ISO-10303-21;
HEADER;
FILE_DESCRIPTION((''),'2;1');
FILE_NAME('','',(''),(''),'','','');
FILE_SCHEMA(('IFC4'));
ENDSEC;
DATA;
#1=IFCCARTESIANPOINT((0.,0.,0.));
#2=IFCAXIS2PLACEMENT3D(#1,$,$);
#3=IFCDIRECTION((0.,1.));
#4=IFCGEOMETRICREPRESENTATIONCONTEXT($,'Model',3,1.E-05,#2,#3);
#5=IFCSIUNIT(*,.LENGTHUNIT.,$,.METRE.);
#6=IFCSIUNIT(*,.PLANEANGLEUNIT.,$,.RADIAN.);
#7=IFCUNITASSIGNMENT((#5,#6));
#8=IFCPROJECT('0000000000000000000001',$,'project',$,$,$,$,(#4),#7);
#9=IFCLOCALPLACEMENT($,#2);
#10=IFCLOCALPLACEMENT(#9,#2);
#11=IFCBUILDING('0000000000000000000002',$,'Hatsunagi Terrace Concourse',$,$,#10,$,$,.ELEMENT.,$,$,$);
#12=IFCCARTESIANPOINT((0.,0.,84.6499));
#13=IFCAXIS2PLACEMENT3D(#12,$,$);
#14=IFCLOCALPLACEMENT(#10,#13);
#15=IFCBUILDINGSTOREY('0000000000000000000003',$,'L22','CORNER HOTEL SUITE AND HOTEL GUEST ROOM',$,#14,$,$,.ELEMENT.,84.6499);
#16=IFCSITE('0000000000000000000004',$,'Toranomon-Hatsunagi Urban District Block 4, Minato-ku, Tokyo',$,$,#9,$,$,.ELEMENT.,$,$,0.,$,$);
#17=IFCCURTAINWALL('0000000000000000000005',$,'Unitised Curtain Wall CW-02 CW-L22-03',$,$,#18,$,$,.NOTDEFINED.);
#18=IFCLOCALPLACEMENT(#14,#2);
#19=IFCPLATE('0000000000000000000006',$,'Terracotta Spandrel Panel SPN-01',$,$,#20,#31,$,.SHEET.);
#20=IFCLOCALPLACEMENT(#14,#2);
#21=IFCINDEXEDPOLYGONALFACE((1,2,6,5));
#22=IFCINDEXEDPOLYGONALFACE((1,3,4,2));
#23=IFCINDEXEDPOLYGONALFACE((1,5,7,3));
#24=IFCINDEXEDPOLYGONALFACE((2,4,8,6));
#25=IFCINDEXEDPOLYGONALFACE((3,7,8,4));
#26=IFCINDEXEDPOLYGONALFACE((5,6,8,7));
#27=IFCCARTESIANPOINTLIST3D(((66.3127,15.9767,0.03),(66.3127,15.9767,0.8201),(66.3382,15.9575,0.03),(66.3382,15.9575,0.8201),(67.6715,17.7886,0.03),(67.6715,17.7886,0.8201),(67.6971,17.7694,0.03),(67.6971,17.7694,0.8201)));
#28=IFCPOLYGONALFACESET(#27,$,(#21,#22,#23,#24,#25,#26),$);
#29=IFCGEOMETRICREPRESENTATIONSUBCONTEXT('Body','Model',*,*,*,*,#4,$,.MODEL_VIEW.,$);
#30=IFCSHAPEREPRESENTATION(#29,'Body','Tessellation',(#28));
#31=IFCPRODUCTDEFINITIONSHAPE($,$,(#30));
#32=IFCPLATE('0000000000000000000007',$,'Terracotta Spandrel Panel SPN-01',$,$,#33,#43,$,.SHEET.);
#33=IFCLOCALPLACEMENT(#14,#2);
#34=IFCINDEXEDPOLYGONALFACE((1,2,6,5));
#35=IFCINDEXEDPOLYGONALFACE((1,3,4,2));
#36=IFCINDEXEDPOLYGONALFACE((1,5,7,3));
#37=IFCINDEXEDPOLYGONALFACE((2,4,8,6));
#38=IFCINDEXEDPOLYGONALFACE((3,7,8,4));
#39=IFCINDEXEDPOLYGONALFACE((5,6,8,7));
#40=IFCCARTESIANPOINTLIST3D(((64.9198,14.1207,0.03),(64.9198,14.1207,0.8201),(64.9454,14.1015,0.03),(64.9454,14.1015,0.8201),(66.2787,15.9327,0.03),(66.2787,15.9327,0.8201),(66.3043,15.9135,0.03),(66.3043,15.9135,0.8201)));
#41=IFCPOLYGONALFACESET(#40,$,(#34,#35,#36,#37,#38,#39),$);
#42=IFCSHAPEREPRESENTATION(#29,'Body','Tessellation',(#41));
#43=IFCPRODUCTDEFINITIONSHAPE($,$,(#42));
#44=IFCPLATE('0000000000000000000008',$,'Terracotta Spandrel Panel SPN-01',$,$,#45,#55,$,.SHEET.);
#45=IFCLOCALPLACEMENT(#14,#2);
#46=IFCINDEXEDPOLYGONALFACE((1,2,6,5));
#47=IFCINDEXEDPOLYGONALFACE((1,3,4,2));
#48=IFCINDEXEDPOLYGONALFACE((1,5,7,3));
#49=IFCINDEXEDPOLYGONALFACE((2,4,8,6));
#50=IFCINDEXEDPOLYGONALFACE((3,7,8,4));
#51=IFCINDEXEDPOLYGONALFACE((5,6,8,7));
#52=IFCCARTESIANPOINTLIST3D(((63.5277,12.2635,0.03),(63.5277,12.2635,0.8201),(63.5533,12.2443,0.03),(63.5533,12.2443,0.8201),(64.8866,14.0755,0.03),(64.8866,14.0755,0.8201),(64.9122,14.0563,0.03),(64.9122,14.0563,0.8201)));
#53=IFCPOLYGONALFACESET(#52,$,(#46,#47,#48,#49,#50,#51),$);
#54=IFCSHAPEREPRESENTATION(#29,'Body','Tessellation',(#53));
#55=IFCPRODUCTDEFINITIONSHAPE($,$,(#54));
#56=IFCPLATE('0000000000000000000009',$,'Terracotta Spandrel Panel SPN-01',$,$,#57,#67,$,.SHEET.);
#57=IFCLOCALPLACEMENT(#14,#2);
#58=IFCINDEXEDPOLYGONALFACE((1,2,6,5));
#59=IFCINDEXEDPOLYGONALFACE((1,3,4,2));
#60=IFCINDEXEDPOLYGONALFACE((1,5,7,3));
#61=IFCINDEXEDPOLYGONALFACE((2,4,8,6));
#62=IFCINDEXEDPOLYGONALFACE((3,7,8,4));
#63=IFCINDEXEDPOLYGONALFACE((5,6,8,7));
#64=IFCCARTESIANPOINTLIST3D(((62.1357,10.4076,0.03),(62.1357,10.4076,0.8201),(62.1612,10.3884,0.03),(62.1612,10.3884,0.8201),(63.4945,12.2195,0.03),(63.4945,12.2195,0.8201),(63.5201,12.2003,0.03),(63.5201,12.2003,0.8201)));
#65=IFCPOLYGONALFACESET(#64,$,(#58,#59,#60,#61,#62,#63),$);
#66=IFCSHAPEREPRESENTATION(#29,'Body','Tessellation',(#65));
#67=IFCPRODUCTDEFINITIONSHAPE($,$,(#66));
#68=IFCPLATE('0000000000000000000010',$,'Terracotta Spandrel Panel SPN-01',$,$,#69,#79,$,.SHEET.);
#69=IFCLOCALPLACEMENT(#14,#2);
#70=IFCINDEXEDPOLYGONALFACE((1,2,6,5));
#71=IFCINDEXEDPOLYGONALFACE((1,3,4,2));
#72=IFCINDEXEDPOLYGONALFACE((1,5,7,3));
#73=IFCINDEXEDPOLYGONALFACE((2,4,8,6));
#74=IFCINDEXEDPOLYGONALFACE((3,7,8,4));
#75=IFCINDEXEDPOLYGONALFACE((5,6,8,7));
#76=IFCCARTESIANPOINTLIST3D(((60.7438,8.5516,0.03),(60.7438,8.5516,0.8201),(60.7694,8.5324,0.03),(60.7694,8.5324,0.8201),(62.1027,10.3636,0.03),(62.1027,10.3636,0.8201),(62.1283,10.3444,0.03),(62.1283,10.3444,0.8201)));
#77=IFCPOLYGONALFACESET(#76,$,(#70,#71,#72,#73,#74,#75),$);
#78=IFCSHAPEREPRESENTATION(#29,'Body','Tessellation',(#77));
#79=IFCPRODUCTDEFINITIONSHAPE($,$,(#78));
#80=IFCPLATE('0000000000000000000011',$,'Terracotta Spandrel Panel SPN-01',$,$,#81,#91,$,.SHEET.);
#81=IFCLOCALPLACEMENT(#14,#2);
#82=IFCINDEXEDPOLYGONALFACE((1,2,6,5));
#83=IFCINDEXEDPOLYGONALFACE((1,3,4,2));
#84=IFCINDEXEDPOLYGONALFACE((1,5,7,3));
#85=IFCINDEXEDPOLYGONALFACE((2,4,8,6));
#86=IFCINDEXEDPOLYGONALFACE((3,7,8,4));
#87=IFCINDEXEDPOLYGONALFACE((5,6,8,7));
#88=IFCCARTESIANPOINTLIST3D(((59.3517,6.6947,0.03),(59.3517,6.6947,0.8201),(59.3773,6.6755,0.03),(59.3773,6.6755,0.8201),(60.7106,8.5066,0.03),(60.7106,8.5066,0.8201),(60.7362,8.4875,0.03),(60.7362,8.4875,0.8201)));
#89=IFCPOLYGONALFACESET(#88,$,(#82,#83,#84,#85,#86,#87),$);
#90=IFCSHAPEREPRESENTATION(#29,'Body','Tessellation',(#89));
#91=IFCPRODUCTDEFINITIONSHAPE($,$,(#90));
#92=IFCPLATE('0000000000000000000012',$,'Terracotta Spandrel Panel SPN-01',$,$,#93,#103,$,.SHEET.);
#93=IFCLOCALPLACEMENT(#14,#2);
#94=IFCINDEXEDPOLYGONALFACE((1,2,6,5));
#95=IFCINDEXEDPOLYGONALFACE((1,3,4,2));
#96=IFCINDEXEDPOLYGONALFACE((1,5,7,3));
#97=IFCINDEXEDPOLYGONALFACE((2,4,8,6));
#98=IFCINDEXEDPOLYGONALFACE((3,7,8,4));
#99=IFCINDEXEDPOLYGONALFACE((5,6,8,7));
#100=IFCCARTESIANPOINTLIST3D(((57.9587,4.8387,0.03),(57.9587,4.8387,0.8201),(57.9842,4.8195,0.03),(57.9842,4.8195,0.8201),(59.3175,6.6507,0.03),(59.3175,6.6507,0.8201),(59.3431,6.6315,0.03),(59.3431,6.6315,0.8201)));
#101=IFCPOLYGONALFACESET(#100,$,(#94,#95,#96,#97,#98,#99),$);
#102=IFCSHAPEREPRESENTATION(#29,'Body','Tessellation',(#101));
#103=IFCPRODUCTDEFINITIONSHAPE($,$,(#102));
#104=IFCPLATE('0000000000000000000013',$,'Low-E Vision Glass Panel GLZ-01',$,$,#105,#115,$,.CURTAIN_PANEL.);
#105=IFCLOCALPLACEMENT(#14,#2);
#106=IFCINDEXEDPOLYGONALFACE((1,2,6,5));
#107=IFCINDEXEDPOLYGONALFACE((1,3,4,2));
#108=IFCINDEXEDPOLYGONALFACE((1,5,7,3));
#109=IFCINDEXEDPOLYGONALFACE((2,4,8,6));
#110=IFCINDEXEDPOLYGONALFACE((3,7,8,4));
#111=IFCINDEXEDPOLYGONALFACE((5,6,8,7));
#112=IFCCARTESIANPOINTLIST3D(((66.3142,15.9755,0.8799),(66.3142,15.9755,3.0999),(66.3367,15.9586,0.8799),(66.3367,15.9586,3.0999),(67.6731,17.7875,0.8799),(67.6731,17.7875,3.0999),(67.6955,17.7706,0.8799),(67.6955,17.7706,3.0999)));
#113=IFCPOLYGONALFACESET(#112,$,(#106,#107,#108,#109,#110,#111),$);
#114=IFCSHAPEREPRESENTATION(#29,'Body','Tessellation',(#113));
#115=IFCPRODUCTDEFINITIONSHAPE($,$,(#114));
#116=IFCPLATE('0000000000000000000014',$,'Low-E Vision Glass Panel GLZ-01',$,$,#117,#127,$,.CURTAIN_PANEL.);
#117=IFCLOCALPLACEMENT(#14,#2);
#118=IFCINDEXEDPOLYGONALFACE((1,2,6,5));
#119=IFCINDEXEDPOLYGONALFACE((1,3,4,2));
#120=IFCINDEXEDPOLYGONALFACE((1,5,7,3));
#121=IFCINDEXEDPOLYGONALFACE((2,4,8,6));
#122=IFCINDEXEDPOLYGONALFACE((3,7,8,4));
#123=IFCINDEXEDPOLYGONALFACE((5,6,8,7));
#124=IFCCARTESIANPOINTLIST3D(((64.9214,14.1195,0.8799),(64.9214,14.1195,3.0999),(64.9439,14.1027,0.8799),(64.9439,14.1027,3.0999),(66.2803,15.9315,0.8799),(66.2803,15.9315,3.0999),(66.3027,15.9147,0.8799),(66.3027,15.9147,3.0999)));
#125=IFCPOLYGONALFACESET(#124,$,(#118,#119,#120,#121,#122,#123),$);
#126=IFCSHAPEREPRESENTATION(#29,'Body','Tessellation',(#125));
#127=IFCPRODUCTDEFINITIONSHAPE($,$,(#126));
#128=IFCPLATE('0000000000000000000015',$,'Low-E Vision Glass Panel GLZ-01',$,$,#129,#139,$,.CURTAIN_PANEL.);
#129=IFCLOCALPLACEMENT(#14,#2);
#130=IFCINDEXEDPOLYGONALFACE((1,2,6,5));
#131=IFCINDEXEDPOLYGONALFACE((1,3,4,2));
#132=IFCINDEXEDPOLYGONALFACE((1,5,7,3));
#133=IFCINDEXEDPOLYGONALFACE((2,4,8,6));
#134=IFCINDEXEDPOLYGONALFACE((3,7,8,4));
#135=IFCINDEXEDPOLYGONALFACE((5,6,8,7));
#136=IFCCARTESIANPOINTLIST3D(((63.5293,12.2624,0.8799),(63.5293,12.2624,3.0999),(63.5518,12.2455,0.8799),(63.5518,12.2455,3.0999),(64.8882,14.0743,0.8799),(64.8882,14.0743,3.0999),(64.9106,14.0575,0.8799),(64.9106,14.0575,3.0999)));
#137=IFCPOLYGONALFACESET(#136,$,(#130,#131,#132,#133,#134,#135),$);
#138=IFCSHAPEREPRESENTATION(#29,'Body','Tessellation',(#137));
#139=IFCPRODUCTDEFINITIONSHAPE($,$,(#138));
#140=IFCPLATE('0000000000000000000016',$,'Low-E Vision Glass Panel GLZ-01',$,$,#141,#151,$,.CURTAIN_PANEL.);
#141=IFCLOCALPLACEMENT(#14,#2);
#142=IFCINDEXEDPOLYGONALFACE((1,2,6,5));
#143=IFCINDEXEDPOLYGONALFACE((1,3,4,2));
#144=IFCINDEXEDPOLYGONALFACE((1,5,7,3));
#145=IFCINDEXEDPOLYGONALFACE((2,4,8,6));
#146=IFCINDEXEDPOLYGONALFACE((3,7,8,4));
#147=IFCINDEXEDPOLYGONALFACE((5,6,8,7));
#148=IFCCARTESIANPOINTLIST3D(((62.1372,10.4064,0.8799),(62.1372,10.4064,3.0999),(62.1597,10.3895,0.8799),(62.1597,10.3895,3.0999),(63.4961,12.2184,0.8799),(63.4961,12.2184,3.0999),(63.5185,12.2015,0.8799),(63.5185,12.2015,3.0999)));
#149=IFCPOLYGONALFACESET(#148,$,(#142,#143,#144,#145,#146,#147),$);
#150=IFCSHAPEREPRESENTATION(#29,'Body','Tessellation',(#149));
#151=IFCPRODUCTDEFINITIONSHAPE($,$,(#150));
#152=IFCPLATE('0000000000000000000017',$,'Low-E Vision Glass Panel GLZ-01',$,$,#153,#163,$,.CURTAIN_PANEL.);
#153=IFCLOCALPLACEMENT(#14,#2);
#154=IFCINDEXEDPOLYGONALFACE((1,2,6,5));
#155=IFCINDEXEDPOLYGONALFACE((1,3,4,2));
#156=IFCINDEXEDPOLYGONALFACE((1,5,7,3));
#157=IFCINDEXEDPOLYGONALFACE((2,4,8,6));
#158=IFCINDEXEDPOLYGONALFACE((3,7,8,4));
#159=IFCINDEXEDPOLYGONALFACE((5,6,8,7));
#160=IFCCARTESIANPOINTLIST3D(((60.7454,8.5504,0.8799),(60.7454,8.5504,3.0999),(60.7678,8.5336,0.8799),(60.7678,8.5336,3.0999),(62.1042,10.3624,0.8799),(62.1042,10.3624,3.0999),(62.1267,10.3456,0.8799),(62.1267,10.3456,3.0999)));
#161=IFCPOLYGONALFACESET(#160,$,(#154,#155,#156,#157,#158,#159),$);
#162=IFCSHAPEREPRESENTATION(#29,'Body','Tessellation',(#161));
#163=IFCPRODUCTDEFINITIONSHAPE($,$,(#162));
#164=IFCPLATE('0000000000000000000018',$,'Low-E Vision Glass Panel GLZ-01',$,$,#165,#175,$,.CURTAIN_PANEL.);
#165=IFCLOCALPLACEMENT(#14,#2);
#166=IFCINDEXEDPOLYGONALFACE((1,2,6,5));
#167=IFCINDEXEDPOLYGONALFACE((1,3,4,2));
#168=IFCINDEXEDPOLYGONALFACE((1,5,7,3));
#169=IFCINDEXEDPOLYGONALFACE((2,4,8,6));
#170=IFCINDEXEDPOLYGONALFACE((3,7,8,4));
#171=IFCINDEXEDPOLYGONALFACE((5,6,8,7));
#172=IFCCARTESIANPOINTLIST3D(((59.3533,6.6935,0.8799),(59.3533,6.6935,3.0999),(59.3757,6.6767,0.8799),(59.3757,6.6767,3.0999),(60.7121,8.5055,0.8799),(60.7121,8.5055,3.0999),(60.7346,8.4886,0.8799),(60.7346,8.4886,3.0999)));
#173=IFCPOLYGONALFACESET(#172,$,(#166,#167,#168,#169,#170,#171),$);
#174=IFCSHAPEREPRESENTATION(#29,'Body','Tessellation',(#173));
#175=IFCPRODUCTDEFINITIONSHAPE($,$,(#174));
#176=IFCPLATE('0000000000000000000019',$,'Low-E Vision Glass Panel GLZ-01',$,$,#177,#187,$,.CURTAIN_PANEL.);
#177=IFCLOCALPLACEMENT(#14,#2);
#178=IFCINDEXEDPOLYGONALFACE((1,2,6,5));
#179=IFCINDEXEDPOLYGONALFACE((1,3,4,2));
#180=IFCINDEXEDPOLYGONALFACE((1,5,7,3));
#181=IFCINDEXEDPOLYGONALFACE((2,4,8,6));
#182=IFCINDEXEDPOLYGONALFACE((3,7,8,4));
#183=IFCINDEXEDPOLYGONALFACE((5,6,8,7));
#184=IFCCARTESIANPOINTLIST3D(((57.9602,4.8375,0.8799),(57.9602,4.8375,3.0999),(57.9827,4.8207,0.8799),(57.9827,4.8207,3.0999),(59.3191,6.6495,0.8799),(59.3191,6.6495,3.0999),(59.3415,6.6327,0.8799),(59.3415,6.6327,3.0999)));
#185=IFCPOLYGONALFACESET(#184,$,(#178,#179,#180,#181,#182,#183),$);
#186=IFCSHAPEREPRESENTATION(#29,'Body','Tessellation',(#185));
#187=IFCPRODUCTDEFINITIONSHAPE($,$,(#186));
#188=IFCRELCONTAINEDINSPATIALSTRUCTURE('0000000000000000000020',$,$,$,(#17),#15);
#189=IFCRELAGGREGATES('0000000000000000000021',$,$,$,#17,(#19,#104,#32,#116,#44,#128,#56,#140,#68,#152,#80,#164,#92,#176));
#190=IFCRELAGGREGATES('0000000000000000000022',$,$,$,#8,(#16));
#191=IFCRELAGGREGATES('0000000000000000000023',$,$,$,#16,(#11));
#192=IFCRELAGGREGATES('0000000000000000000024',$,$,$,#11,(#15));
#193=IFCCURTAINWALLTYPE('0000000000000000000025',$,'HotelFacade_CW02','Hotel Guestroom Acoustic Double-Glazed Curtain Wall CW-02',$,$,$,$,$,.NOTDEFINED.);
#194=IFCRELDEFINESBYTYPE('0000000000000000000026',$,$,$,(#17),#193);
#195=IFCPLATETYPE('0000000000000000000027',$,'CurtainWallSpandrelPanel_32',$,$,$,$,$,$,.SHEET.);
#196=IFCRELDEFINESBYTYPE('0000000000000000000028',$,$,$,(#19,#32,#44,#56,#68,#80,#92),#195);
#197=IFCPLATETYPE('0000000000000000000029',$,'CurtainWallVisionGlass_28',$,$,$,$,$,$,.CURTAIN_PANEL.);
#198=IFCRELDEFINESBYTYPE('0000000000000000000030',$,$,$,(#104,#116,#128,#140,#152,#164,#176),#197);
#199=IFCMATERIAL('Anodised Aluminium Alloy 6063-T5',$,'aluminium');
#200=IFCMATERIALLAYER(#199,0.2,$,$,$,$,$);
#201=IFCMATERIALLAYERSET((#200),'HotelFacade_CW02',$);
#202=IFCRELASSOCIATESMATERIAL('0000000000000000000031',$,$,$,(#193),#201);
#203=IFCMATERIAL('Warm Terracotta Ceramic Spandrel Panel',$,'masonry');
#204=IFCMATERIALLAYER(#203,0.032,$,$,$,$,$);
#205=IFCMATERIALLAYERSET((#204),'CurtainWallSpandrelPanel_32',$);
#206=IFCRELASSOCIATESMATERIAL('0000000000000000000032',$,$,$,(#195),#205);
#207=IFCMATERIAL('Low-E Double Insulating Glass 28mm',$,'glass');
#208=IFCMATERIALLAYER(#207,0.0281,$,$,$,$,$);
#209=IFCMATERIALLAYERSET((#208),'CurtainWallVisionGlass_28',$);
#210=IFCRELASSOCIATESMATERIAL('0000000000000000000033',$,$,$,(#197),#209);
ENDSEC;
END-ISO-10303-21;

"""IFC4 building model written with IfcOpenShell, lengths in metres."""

from ifc_helpers import new_model, si_unit, direction, frame, origin, origin_2d, place, context, subcontext, project, spatial, rectangle, extrude, material, layer, layer_set, type_object, element, aggregate, save


model = new_model("IFC4")

# Units and contexts
model_context = context("Model", 3, precision=1e-05, world=origin(), true_north=direction((0.0, 1.0)))
body_context = subcontext(model_context, "Body", "Model", "MODEL_VIEW")
ifc_project = project(units=[si_unit("LENGTHUNIT", "METRE"), si_unit("PLANEANGLEUNIT", "RADIAN")], contexts=[model_context])

# Site, building, storey
site_placement = place(None, origin())
site = spatial("IfcSite", under=ifc_project, at=site_placement, Name="Toranomon-Hatsunagi Urban District Block 4, Minato-ku, Tokyo", CompositionType="ELEMENT", RefElevation=0.0)
building_placement = place(site_placement, origin())
building = spatial("IfcBuilding", under=site, at=building_placement, Name="Hatsunagi Terrace Concourse", CompositionType="ELEMENT")
storey_placement = place(building_placement, frame((0.0, 0.0, 84.6499)))
storey = spatial("IfcBuildingStorey", under=building, at=storey_placement, Name="L22", Description="CORNER HOTEL SUITE AND HOTEL GUEST ROOM", CompositionType="ELEMENT", Elevation=84.6499)

# Curtain wall
ifc_material_1 = material(Name="Anodised Aluminium Alloy 6063-T5", Category="aluminium")
ifc_layer_1 = layer(ifc_material_1, 0.2)
ifc_layer_set_1 = layer_set([ifc_layer_1], Name="HotelFacade_CW02")
curtain_wall_type = type_object("IfcCurtainWallType", Name="HotelFacade_CW02", Description="Hotel Guestroom Acoustic Double-Glazed Curtain Wall CW-02", PredefinedType="NOTDEFINED", material=ifc_layer_set_1)
curtain_wall_placement = place(storey_placement, origin())
curtain_wall = element("IfcCurtainWall", 1, at=curtain_wall_placement, inside=storey, type_object=curtain_wall_type, Name="Unitised Curtain Wall CW-02 CW-L22-03", PredefinedType="NOTDEFINED")

# Plates
ifc_material_2 = material(Name="Warm Terracotta Ceramic Spandrel Panel", Category="masonry")
ifc_layer_2 = layer(ifc_material_2, 0.032)
ifc_layer_set_2 = layer_set([ifc_layer_2], Name="CurtainWallSpandrelPanel_32")
plate_type_1 = type_object("IfcPlateType", Name="CurtainWallSpandrelPanel_32", PredefinedType="SHEET", material=ifc_layer_set_2)
plate_1_placement = place(storey_placement, frame((67.0049, 16.873, 0.03), z_axis=(0.0, 0.0, 1.0), x_axis=(-0.599969, -0.800023, 0.0)))
plate_1 = element("IfcPlate", 2, at=plate_1_placement, type_object=plate_type_1, Name="Terracotta Spandrel Panel SPN-01", PredefinedType="SHEET", context=body_context, shape_type="SweptSolid", body=[
    extrude(rectangle(XDim=2.2649, YDim=0.032, at=origin_2d()), origin(), (0.0, 0.0, 1.0), 0.79),
])
plate_2_placement = place(storey_placement, frame((65.6121, 15.0171, 0.03), z_axis=(0.0, 0.0, 1.0), x_axis=(-0.599969, -0.800023, 0.0)))
plate_2 = element("IfcPlate", 3, at=plate_2_placement, type_object=plate_type_1, Name="Terracotta Spandrel Panel SPN-01", PredefinedType="SHEET", context=body_context, shape_type="SweptSolid", body=[
    extrude(rectangle(XDim=2.2649, YDim=0.032, at=origin_2d()), origin(), (0.0, 0.0, 1.0), 0.79),
])
plate_3_placement = place(storey_placement, frame((64.22, 13.1599, 0.03), z_axis=(0.0, 0.0, 1.0), x_axis=(-0.599969, -0.800023, 0.0)))
plate_3 = element("IfcPlate", 4, at=plate_3_placement, type_object=plate_type_1, Name="Terracotta Spandrel Panel SPN-01", PredefinedType="SHEET", context=body_context, shape_type="SweptSolid", body=[
    extrude(rectangle(XDim=2.2649, YDim=0.032, at=origin_2d()), origin(), (0.0, 0.0, 1.0), 0.79),
])
plate_4_placement = place(storey_placement, frame((62.8279, 11.304, 0.03), z_axis=(0.0, 0.0, 1.0), x_axis=(-0.599969, -0.800023, 0.0)))
plate_4 = element("IfcPlate", 5, at=plate_4_placement, type_object=plate_type_1, Name="Terracotta Spandrel Panel SPN-01", PredefinedType="SHEET", context=body_context, shape_type="SweptSolid", body=[
    extrude(rectangle(XDim=2.2649, YDim=0.032, at=origin_2d()), origin(), (0.0, 0.0, 1.0), 0.79),
])
plate_5_placement = place(storey_placement, frame((61.436, 9.448, 0.03), z_axis=(0.0, 0.0, 1.0), x_axis=(-0.599969, -0.800023, 0.0)))
plate_5 = element("IfcPlate", 6, at=plate_5_placement, type_object=plate_type_1, Name="Terracotta Spandrel Panel SPN-01", PredefinedType="SHEET", context=body_context, shape_type="SweptSolid", body=[
    extrude(rectangle(XDim=2.2649, YDim=0.032, at=origin_2d()), origin(), (0.0, 0.0, 1.0), 0.79),
])
plate_6_placement = place(storey_placement, frame((60.0439, 7.5911, 0.03), z_axis=(0.0, 0.0, 1.0), x_axis=(-0.599969, -0.800023, 0.0)))
plate_6 = element("IfcPlate", 7, at=plate_6_placement, type_object=plate_type_1, Name="Terracotta Spandrel Panel SPN-01", PredefinedType="SHEET", context=body_context, shape_type="SweptSolid", body=[
    extrude(rectangle(XDim=2.2649, YDim=0.032, at=origin_2d()), origin(), (0.0, 0.0, 1.0), 0.79),
])
plate_7_placement = place(storey_placement, frame((58.6509, 5.7351, 0.03), z_axis=(0.0, 0.0, 1.0), x_axis=(-0.599969, -0.800023, 0.0)))
plate_7 = element("IfcPlate", 8, at=plate_7_placement, type_object=plate_type_1, Name="Terracotta Spandrel Panel SPN-01", PredefinedType="SHEET", context=body_context, shape_type="SweptSolid", body=[
    extrude(rectangle(XDim=2.2649, YDim=0.032, at=origin_2d()), origin(), (0.0, 0.0, 1.0), 0.79),
])
ifc_material_3 = material(Name="Low-E Double Insulating Glass 28mm", Category="glass")
ifc_layer_3 = layer(ifc_material_3, 0.0281)
ifc_layer_set_3 = layer_set([ifc_layer_3], Name="CurtainWallVisionGlass_28")
plate_type_2 = type_object("IfcPlateType", Name="CurtainWallVisionGlass_28", PredefinedType="CURTAIN_PANEL", material=ifc_layer_set_3)
plate_8_placement = place(storey_placement, frame((67.0049, 16.873, 0.8799), z_axis=(0.0, 0.0, 1.0), x_axis=(-0.599969, -0.800023, 0.0)))
plate_8 = element("IfcPlate", 9, at=plate_8_placement, type_object=plate_type_2, Name="Low-E Vision Glass Panel GLZ-01", PredefinedType="CURTAIN_PANEL", context=body_context, shape_type="SweptSolid", body=[
    extrude(rectangle(XDim=2.2649, YDim=0.0281, at=origin_2d()), origin(), (0.0, 0.0, 1.0), 2.22),
])
plate_9_placement = place(storey_placement, frame((65.6121, 15.0171, 0.8799), z_axis=(0.0, 0.0, 1.0), x_axis=(-0.599969, -0.800023, 0.0)))
plate_9 = element("IfcPlate", 10, at=plate_9_placement, type_object=plate_type_2, Name="Low-E Vision Glass Panel GLZ-01", PredefinedType="CURTAIN_PANEL", context=body_context, shape_type="SweptSolid", body=[
    extrude(rectangle(XDim=2.2649, YDim=0.0281, at=origin_2d()), origin(), (0.0, 0.0, 1.0), 2.22),
])
plate_10_placement = place(storey_placement, frame((64.22, 13.1599, 0.8799), z_axis=(0.0, 0.0, 1.0), x_axis=(-0.599969, -0.800023, 0.0)))
plate_10 = element("IfcPlate", 11, at=plate_10_placement, type_object=plate_type_2, Name="Low-E Vision Glass Panel GLZ-01", PredefinedType="CURTAIN_PANEL", context=body_context, shape_type="SweptSolid", body=[
    extrude(rectangle(XDim=2.2649, YDim=0.0281, at=origin_2d()), origin(), (0.0, 0.0, 1.0), 2.22),
])
plate_11_placement = place(storey_placement, frame((62.8279, 11.304, 0.8799), z_axis=(0.0, 0.0, 1.0), x_axis=(-0.599969, -0.800023, 0.0)))
plate_11 = element("IfcPlate", 12, at=plate_11_placement, type_object=plate_type_2, Name="Low-E Vision Glass Panel GLZ-01", PredefinedType="CURTAIN_PANEL", context=body_context, shape_type="SweptSolid", body=[
    extrude(rectangle(XDim=2.2649, YDim=0.0281, at=origin_2d()), origin(), (0.0, 0.0, 1.0), 2.22),
])
plate_12_placement = place(storey_placement, frame((61.436, 9.448, 0.8799), z_axis=(0.0, 0.0, 1.0), x_axis=(-0.599969, -0.800023, 0.0)))
plate_12 = element("IfcPlate", 13, at=plate_12_placement, type_object=plate_type_2, Name="Low-E Vision Glass Panel GLZ-01", PredefinedType="CURTAIN_PANEL", context=body_context, shape_type="SweptSolid", body=[
    extrude(rectangle(XDim=2.2649, YDim=0.0281, at=origin_2d()), origin(), (0.0, 0.0, 1.0), 2.22),
])
plate_13_placement = place(storey_placement, frame((60.0439, 7.5911, 0.8799), z_axis=(0.0, 0.0, 1.0), x_axis=(-0.599969, -0.800023, 0.0)))
plate_13 = element("IfcPlate", 14, at=plate_13_placement, type_object=plate_type_2, Name="Low-E Vision Glass Panel GLZ-01", PredefinedType="CURTAIN_PANEL", context=body_context, shape_type="SweptSolid", body=[
    extrude(rectangle(XDim=2.2649, YDim=0.0281, at=origin_2d()), origin(), (0.0, 0.0, 1.0), 2.22),
])
plate_14_placement = place(storey_placement, frame((58.6509, 5.7351, 0.8799), z_axis=(0.0, 0.0, 1.0), x_axis=(-0.599969, -0.800023, 0.0)))
plate_14 = element("IfcPlate", 15, at=plate_14_placement, type_object=plate_type_2, Name="Low-E Vision Glass Panel GLZ-01", PredefinedType="CURTAIN_PANEL", context=body_context, shape_type="SweptSolid", body=[
    extrude(rectangle(XDim=2.2649, YDim=0.0281, at=origin_2d()), origin(), (0.0, 0.0, 1.0), 2.22),
])
aggregate(curtain_wall, [plate_1, plate_8, plate_2, plate_9, plate_3, plate_10, plate_4, plate_11, plate_5, plate_12, plate_6, plate_13, plate_7, plate_14])

save(model, "model.ifc")
